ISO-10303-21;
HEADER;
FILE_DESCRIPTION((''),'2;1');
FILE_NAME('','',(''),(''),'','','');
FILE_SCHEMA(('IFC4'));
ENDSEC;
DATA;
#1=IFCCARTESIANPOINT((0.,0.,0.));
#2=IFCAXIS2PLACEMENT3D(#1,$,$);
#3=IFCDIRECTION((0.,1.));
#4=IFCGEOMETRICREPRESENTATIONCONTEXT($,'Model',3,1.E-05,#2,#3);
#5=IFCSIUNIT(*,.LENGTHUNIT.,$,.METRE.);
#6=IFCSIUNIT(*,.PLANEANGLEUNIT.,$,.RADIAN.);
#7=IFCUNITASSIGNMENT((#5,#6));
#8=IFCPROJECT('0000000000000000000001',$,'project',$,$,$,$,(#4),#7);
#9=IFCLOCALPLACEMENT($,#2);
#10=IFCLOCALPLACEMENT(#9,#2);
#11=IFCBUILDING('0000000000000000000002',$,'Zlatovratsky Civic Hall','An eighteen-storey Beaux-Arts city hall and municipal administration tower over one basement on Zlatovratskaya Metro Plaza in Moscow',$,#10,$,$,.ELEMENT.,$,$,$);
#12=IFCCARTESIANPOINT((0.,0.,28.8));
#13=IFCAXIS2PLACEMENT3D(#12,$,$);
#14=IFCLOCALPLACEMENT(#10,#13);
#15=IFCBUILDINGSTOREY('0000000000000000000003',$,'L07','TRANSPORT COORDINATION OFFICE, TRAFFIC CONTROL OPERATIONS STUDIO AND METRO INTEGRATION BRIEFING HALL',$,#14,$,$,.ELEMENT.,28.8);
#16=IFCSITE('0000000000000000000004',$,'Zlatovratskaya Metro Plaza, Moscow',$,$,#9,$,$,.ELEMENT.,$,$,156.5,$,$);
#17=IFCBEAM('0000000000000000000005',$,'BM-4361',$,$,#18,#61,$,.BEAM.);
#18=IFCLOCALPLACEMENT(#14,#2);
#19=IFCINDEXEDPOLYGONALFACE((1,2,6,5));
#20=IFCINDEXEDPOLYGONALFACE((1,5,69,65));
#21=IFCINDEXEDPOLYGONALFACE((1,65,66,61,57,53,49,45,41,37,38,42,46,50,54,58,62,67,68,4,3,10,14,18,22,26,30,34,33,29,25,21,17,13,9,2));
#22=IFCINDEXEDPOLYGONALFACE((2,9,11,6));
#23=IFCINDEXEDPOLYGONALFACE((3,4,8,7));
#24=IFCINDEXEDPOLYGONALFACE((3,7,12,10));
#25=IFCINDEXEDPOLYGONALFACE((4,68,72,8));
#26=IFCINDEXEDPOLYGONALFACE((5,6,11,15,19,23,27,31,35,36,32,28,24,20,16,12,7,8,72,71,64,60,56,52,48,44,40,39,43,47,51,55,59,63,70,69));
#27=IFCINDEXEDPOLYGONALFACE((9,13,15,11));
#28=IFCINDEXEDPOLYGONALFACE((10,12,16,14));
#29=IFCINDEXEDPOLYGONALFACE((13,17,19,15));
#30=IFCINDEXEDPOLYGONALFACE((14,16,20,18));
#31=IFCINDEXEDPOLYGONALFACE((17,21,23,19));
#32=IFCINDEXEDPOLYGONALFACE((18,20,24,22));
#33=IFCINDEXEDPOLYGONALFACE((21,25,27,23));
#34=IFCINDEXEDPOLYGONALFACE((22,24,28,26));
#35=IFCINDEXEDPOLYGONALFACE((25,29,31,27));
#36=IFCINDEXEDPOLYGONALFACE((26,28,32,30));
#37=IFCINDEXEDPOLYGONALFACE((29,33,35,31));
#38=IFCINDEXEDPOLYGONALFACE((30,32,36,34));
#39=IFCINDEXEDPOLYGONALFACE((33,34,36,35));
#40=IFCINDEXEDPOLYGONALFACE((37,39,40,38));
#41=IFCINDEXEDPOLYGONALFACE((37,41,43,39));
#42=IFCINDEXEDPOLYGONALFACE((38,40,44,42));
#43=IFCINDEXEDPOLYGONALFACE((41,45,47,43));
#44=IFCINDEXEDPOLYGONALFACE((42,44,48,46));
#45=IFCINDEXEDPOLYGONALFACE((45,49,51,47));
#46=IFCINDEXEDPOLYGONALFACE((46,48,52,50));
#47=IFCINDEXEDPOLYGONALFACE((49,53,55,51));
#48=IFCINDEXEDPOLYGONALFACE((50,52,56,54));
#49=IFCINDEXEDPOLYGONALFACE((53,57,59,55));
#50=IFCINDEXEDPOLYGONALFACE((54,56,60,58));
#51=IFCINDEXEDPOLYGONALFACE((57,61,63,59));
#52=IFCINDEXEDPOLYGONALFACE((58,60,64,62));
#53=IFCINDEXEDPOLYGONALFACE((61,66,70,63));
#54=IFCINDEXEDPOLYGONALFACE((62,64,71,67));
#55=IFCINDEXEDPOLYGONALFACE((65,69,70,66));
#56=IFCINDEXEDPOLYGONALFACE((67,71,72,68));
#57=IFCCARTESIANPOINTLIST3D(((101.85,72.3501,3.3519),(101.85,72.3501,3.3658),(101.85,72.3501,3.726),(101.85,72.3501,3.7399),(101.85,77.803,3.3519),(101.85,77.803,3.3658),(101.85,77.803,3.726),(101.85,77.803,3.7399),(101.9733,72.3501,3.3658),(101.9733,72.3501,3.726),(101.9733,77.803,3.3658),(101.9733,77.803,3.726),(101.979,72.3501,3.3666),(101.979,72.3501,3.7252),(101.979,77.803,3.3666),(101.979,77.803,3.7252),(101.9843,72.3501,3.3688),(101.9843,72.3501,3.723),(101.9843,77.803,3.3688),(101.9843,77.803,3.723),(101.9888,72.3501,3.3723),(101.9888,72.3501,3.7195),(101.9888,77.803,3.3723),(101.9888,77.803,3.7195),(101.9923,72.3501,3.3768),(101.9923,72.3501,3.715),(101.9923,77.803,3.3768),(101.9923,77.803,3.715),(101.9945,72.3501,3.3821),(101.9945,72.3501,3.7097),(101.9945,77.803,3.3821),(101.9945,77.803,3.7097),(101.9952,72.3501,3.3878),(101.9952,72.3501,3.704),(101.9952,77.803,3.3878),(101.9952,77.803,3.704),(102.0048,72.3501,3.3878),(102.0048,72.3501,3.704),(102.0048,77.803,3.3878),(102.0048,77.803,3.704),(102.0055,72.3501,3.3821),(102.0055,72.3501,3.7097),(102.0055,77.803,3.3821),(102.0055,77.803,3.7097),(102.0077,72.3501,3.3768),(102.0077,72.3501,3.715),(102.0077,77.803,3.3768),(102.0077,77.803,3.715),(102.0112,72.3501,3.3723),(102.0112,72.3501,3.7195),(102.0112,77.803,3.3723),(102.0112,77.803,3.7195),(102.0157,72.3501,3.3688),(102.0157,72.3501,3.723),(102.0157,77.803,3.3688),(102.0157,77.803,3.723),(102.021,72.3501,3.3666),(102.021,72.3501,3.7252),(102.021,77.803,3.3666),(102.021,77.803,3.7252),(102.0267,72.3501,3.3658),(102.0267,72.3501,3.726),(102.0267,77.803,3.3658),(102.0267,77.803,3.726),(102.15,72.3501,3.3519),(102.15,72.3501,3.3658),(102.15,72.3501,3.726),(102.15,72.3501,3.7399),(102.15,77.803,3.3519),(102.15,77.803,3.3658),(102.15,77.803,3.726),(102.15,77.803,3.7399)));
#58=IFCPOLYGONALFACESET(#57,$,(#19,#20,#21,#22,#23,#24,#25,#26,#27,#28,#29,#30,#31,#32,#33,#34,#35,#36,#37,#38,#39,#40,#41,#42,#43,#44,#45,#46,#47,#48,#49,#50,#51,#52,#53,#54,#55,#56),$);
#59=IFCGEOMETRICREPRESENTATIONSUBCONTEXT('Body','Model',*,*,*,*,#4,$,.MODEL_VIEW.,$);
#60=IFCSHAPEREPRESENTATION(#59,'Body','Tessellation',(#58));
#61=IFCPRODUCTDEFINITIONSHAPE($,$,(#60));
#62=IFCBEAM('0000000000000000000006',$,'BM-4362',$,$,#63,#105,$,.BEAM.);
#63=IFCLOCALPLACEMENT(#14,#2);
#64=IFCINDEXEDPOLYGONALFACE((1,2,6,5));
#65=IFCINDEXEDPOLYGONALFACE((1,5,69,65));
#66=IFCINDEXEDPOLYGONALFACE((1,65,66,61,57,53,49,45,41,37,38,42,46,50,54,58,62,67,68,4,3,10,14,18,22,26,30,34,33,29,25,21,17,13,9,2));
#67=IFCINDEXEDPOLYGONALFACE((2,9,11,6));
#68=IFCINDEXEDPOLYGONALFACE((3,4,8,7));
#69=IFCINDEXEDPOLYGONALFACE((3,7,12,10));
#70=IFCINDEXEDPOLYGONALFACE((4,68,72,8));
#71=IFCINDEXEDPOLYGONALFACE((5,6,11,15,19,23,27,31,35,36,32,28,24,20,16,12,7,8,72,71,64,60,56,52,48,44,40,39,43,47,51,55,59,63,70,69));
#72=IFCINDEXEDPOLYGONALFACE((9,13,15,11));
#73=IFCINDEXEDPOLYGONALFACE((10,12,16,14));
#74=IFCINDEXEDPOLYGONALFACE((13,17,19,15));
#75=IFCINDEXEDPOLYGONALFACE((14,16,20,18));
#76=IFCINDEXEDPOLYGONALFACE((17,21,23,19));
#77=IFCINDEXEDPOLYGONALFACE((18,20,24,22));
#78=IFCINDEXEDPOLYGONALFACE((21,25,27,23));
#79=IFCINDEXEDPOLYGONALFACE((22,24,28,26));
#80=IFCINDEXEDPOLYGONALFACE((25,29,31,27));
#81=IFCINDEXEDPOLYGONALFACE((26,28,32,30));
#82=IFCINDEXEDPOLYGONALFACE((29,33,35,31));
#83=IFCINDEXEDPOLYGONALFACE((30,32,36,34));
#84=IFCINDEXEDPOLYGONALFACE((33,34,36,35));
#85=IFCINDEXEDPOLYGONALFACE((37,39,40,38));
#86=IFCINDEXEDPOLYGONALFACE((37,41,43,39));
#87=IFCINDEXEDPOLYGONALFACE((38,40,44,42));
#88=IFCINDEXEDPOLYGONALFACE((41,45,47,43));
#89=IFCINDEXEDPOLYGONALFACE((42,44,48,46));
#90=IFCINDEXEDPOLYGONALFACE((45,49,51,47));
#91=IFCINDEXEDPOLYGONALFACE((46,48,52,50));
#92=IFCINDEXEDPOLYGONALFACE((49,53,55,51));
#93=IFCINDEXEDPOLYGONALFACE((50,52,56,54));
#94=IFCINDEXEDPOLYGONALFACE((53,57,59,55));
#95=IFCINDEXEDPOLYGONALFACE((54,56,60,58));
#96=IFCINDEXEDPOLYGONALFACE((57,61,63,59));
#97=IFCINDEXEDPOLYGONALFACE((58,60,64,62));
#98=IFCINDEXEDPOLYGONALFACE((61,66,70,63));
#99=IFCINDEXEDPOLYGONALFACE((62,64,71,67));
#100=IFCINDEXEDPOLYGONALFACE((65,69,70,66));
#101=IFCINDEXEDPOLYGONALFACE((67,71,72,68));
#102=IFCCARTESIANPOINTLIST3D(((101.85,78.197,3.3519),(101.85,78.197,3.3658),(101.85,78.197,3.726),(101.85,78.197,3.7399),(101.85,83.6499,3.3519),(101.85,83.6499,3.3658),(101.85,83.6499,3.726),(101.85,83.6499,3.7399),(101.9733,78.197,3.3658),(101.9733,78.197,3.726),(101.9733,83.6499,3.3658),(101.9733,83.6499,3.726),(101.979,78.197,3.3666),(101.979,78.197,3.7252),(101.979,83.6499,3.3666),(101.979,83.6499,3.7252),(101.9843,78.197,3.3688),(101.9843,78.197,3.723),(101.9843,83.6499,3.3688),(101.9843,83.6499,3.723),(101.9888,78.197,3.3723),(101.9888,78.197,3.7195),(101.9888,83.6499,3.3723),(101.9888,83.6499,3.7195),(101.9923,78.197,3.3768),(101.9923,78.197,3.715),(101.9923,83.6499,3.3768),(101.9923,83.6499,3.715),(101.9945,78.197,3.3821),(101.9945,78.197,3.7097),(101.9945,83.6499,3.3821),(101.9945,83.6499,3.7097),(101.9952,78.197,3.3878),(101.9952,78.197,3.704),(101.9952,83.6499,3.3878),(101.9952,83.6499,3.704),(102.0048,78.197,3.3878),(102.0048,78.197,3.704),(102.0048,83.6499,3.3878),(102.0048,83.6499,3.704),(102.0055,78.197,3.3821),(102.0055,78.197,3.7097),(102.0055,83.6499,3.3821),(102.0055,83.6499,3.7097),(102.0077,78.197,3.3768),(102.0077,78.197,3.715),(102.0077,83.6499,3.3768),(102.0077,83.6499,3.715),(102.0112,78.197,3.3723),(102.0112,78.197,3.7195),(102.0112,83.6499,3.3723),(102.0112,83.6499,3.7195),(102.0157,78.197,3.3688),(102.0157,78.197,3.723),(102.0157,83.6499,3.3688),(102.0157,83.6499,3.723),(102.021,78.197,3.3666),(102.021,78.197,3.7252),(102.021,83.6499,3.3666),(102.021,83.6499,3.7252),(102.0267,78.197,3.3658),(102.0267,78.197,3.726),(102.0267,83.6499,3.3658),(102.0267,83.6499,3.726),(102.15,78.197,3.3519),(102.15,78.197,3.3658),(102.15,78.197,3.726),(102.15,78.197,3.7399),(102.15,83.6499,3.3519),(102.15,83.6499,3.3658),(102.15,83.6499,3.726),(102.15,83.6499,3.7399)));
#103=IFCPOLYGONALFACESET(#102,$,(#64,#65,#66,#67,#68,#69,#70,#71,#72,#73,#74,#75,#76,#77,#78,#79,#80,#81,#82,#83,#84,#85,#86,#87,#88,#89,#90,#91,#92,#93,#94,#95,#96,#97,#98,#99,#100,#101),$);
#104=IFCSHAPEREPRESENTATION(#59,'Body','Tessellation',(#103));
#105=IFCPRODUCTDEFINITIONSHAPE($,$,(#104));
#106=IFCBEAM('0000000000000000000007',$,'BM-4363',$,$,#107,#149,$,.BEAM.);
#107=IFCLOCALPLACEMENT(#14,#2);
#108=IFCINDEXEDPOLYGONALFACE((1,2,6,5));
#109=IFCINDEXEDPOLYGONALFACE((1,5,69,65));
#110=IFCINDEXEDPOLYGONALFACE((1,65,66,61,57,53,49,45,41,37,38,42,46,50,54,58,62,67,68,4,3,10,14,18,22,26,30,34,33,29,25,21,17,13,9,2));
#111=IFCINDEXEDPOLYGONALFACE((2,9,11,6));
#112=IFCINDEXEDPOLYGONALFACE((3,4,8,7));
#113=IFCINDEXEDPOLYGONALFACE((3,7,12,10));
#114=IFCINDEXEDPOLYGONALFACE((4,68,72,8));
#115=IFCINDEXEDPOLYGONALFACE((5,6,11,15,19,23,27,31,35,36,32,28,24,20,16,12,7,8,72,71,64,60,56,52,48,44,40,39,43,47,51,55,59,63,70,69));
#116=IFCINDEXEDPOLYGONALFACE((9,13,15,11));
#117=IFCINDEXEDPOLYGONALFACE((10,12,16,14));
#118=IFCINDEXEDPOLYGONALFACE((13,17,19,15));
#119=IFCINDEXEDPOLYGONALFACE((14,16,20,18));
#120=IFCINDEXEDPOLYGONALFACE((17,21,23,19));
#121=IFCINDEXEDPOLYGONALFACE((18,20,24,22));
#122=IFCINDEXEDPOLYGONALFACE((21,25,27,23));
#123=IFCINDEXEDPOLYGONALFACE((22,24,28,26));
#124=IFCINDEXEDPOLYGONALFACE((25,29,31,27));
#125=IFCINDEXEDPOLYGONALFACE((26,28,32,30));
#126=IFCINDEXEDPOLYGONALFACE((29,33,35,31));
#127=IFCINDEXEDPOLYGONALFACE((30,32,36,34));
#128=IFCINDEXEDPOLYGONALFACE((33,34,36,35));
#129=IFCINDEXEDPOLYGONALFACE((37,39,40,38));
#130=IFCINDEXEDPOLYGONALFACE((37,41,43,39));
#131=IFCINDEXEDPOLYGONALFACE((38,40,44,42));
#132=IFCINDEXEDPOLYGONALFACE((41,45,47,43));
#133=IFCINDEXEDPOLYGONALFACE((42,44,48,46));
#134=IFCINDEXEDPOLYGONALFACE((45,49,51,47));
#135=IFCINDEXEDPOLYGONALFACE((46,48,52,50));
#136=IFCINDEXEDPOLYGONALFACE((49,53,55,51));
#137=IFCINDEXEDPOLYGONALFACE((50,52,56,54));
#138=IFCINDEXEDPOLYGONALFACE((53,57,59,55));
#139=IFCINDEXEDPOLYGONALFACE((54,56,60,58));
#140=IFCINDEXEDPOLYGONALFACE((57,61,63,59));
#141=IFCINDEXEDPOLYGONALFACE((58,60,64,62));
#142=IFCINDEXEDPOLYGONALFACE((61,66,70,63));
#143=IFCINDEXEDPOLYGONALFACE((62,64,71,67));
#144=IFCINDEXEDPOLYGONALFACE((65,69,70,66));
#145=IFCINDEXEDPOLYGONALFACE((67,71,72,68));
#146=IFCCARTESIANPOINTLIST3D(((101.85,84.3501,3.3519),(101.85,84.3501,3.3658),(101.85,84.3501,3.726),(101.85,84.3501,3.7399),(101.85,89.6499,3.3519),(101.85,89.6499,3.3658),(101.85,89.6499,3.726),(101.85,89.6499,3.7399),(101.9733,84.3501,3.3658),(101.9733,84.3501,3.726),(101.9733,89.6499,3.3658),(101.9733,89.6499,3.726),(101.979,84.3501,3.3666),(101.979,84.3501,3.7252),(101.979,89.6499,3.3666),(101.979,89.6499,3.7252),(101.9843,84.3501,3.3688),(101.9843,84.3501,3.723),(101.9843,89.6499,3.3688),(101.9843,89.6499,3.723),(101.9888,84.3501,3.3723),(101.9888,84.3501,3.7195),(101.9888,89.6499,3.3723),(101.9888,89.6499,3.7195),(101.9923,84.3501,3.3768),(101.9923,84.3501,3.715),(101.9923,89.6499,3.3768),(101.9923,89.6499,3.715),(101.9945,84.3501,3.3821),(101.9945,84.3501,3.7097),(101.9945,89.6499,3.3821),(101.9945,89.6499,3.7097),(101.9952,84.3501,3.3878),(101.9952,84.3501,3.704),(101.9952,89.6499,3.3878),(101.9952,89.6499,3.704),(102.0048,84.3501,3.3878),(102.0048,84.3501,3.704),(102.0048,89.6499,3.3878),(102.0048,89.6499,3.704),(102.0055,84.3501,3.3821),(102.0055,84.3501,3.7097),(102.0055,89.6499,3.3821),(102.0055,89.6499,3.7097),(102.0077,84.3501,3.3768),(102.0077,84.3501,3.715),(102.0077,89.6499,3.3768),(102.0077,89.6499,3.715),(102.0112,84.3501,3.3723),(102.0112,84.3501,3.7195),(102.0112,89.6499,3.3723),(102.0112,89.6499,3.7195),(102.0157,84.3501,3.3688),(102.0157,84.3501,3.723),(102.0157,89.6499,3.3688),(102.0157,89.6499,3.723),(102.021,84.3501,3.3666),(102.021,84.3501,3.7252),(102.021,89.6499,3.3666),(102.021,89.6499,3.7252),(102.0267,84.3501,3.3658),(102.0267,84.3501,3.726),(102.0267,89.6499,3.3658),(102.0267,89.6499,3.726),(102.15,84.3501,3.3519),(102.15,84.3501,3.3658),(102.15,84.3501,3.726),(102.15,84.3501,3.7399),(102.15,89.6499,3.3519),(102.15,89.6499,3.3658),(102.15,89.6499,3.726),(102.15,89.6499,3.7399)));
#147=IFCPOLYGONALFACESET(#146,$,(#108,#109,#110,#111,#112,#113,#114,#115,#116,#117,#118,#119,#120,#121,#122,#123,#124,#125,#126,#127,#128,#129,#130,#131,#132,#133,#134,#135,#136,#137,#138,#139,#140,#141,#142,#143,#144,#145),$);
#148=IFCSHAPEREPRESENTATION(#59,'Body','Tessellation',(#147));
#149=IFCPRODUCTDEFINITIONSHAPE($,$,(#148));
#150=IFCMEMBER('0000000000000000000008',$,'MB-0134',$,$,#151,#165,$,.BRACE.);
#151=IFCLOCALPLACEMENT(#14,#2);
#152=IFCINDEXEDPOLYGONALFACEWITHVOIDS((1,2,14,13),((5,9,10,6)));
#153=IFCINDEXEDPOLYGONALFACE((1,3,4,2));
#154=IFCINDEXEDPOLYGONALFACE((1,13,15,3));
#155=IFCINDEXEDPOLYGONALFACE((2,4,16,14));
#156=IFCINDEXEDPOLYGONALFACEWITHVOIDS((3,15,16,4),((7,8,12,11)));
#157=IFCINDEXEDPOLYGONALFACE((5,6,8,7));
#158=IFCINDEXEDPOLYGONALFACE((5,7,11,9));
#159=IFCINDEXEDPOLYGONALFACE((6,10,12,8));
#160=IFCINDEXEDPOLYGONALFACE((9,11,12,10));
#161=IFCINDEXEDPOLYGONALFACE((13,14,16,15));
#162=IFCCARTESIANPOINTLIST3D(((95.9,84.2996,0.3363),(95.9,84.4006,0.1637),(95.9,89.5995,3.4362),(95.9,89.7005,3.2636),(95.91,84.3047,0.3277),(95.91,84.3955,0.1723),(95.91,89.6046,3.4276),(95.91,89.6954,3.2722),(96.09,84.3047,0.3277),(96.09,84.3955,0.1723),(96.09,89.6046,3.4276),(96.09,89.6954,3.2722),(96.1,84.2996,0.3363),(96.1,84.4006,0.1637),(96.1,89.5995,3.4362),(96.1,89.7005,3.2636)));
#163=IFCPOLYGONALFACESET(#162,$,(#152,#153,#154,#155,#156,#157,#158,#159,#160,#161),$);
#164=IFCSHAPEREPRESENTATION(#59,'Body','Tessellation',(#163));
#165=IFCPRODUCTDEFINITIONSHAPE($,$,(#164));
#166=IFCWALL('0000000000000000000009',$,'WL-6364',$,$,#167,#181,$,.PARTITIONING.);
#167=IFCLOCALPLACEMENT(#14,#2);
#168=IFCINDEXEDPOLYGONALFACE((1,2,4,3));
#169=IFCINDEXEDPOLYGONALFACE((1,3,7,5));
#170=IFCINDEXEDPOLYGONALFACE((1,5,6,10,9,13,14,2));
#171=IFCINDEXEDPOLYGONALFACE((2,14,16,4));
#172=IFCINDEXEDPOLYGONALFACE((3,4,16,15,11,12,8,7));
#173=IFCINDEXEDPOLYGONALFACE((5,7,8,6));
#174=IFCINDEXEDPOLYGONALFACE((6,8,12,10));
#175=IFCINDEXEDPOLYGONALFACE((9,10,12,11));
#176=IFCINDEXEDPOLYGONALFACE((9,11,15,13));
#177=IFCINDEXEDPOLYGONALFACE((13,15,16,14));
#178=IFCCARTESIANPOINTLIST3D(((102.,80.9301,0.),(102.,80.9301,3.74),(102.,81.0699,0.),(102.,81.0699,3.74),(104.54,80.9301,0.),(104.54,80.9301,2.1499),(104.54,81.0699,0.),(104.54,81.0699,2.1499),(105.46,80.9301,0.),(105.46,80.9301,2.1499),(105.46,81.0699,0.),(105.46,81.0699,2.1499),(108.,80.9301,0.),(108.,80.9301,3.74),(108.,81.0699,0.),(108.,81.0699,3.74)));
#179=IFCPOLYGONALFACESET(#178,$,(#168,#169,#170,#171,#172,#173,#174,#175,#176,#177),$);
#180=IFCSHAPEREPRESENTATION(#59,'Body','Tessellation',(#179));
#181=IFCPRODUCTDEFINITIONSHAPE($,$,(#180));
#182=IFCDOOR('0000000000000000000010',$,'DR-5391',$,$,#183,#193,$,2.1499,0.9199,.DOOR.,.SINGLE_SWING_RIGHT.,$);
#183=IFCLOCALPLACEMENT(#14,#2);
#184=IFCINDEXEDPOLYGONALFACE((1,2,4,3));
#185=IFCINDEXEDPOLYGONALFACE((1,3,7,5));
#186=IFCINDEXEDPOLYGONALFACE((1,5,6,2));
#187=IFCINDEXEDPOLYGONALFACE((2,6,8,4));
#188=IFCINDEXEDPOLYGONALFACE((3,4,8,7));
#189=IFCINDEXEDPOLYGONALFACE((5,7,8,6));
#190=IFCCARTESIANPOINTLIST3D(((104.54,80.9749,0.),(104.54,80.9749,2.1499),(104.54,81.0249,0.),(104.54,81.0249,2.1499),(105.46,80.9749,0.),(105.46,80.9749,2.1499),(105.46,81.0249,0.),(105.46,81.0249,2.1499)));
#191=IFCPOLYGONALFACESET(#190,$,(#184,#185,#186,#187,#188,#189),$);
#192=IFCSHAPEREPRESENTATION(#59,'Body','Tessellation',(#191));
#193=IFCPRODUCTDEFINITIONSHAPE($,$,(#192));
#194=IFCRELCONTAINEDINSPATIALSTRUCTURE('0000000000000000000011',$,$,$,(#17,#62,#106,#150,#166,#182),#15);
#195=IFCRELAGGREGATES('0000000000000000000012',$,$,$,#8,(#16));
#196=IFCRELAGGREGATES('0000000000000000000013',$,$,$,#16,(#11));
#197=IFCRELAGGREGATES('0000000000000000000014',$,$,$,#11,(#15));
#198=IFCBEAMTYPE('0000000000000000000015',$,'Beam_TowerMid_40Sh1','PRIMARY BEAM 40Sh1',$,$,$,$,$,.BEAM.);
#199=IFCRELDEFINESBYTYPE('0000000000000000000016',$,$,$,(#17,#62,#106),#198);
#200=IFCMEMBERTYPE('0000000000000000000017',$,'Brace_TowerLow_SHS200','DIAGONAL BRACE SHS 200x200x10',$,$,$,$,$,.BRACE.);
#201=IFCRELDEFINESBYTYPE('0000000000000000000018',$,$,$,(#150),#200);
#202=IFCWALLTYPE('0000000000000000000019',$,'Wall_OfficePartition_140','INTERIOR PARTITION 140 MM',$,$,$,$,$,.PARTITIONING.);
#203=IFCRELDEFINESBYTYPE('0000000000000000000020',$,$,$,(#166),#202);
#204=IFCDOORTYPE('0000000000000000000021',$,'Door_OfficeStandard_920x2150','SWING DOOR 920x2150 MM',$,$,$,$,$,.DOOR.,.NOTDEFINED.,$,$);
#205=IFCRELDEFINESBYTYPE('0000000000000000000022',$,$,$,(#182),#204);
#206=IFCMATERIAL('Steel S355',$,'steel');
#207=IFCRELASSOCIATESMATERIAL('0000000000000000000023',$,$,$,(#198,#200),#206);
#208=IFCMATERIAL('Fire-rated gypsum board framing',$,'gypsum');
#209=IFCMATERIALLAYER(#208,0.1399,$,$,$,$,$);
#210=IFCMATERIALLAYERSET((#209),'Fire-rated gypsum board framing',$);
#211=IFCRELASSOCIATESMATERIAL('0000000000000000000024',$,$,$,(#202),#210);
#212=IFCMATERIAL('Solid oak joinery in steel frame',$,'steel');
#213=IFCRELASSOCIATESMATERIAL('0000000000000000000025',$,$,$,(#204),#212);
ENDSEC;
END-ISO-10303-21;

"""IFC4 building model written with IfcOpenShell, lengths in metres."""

from ifc_helpers import new_model, si_unit, direction, frame, frame_2d, origin, origin_2d, place, context, subcontext, project, spatial, rectangle, hollow_rectangle, i_section, extrude, material, layer, layer_set, material_profile, profile_set, type_object, element, fill, save


model = new_model("IFC4")

# Units and contexts
model_context = context("Model", 3, precision=1e-05, world=origin(), true_north=direction((0.0, 1.0)))
body_context = subcontext(model_context, "Body", "Model", "MODEL_VIEW")
ifc_project = project(units=[si_unit("LENGTHUNIT", "METRE"), si_unit("PLANEANGLEUNIT", "RADIAN")], contexts=[model_context])

# Site, building, storey
site_placement = place(None, origin())
site = spatial("IfcSite", under=ifc_project, at=site_placement, Name="Zlatovratskaya Metro Plaza, Moscow", CompositionType="ELEMENT", RefElevation=156.5)
building_placement = place(site_placement, origin())
building = spatial("IfcBuilding", under=site, at=building_placement, Name="Zlatovratsky Civic Hall", Description="An eighteen-storey Beaux-Arts city hall and municipal administration tower over one basement on Zlatovratskaya Metro Plaza in Moscow", CompositionType="ELEMENT")
storey_placement = place(building_placement, frame((0.0, 0.0, 28.8)))
storey = spatial("IfcBuildingStorey", under=building, at=storey_placement, Name="L07", Description="TRANSPORT COORDINATION OFFICE, TRAFFIC CONTROL OPERATIONS STUDIO AND METRO INTEGRATION BRIEFING HALL", CompositionType="ELEMENT", Elevation=28.8)

# Shared definitions
ifc_material_1 = material(Name="Steel S355", Category="steel")

# Beams
ifc_material_profile_1 = material_profile(ifc_material_1, i_section(OverallWidth=0.3, OverallDepth=0.3879, WebThickness=0.0095, FlangeThickness=0.0139, FilletRadius=0.022, at=origin_2d()), Name="40Sh1")
ifc_profile_set_1 = profile_set([ifc_material_profile_1], Name="Steel S355")
beam_type_1 = type_object("IfcBeamType", Name="Beam_TowerMid_40Sh1", Description="PRIMARY BEAM 40Sh1", PredefinedType="BEAM", material=ifc_profile_set_1)
for number, where, z_axis, x_axis, name in (
    (1, (102.0, 72.3501, 3.5459), (0.0, 1.0, 0.0), (-1.0, 0.0, 0.0), "BM-4361"),
    (2, (102.0, 78.197, 3.5459), (0.0, 1.0, 0.0), (-1.0, 0.0, 0.0), "BM-4362"),
):
    element("IfcBeam", number, at=place(storey_placement, frame(where, z_axis=z_axis, x_axis=x_axis)), inside=storey, type_object=beam_type_1, Name=name, PredefinedType="BEAM", context=body_context, shape_type="SweptSolid", body=[
        extrude(i_section(OverallWidth=0.3, OverallDepth=0.3879, WebThickness=0.0095, FlangeThickness=0.0139, FilletRadius=0.022, at=origin_2d()), origin(), (0.0, 0.0, 1.0), 5.4529),
    ])
beam_placement = place(storey_placement, frame((102.0, 84.3501, 3.5459), z_axis=(0.0, 1.0, 0.0), x_axis=(-1.0, 0.0, 0.0)))
element("IfcBeam", 3, at=beam_placement, inside=storey, type_object=beam_type_1, Name="BM-4363", PredefinedType="BEAM", context=body_context, shape_type="SweptSolid", body=[
    extrude(i_section(OverallWidth=0.3, OverallDepth=0.3879, WebThickness=0.0095, FlangeThickness=0.0139, FilletRadius=0.022, at=origin_2d()), origin(), (0.0, 0.0, 1.0), 5.2998),
])

# Member
ifc_material_profile_2 = material_profile(ifc_material_1, hollow_rectangle(XDim=0.2, YDim=0.2, WallThickness=0.01, at=origin_2d()), Name="SHS 200x200x10")
ifc_profile_set_2 = profile_set([ifc_material_profile_2], Name="Steel S355")
member_type = type_object("IfcMemberType", Name="Brace_TowerLow_SHS200", Description="DIAGONAL BRACE SHS 200x200x10", PredefinedType="BRACE", material=ifc_profile_set_2)
member_placement = place(storey_placement, frame((96.0, 84.3501, 0.25), z_axis=(0.0, 0.86319, 0.504879), x_axis=(-1.0, 0.0, 0.0)))
element("IfcMember", 4, at=member_placement, inside=storey, type_object=member_type, Name="MB-0134", PredefinedType="BRACE", context=body_context, shape_type="SweptSolid", body=[
    extrude(hollow_rectangle(XDim=0.2, YDim=0.2, WallThickness=0.01, at=origin_2d()), origin(), (0.0, 0.0, 1.0), 6.1399),
])

# Wall, opening, door
ifc_material_2 = material(Name="Fire-rated gypsum board framing", Category="gypsum")
ifc_layer_1 = layer(ifc_material_2, 0.1399)
ifc_layer_set_1 = layer_set([ifc_layer_1], Name="Fire-rated gypsum board framing")
wall_type_1 = type_object("IfcWallType", Name="Wall_OfficePartition_140", Description="INTERIOR PARTITION 140 MM", PredefinedType="PARTITIONING", material=ifc_layer_set_1)
wall_1_placement = place(storey_placement, frame((102.0, 81.0, 0.0), z_axis=(0.0, 0.0, 1.0), x_axis=(1.0, 0.0, 0.0)))
wall_1 = element("IfcWall", 5, at=wall_1_placement, inside=storey, type_object=wall_type_1, Name="WL-6364", PredefinedType="PARTITIONING", context=body_context, shape_type="SweptSolid", body=[
    extrude(rectangle(XDim=6.0, YDim=0.1399, at=frame_2d((3.0, 0.0))), origin(), (0.0, 0.0, 1.0), 3.74),
])
opening_1_placement = place(wall_1_placement, frame((2.54, 0.0, 0.0)))
opening_1 = element("IfcOpeningElement", 6, at=opening_1_placement, cuts=wall_1, PredefinedType="OPENING", context=body_context, shape_type="SweptSolid", body=[
    extrude(rectangle(XDim=0.9199, YDim=2.1499, at=frame_2d((0.46, 1.075))), frame((0.0, 0.085, 0.0), z_axis=(0.0, -1.0, 0.0), x_axis=(1.0, 0.0, 0.0)), (0.0, 0.0, 1.0), 0.1697),
])
ifc_material_3 = material(Name="Solid oak joinery in steel frame", Category="steel")
door_type_1 = type_object("IfcDoorType", Name="Door_OfficeStandard_920x2150", Description="SWING DOOR 920x2150 MM", OperationType="NOTDEFINED", PredefinedType="DOOR", material=ifc_material_3)
door_1_placement = place(opening_1_placement, origin())
door_1 = element("IfcDoor", 7, at=door_1_placement, inside=storey, type_object=door_type_1, Name="DR-5391", OperationType="SINGLE_SWING_RIGHT", OverallHeight=2.1499, OverallWidth=0.9199, PredefinedType="DOOR", context=body_context, shape_type="SweptSolid", body=[
    extrude(rectangle(XDim=0.9199, YDim=2.1499, at=frame_2d((0.46, 1.075))), frame((0.0, 0.0249, 0.0), z_axis=(0.0, -1.0, 0.0), x_axis=(1.0, 0.0, 0.0)), (0.0, 0.0, 1.0), 0.05),
])
fill(opening_1, door_1)

save(model, "model.ifc")
